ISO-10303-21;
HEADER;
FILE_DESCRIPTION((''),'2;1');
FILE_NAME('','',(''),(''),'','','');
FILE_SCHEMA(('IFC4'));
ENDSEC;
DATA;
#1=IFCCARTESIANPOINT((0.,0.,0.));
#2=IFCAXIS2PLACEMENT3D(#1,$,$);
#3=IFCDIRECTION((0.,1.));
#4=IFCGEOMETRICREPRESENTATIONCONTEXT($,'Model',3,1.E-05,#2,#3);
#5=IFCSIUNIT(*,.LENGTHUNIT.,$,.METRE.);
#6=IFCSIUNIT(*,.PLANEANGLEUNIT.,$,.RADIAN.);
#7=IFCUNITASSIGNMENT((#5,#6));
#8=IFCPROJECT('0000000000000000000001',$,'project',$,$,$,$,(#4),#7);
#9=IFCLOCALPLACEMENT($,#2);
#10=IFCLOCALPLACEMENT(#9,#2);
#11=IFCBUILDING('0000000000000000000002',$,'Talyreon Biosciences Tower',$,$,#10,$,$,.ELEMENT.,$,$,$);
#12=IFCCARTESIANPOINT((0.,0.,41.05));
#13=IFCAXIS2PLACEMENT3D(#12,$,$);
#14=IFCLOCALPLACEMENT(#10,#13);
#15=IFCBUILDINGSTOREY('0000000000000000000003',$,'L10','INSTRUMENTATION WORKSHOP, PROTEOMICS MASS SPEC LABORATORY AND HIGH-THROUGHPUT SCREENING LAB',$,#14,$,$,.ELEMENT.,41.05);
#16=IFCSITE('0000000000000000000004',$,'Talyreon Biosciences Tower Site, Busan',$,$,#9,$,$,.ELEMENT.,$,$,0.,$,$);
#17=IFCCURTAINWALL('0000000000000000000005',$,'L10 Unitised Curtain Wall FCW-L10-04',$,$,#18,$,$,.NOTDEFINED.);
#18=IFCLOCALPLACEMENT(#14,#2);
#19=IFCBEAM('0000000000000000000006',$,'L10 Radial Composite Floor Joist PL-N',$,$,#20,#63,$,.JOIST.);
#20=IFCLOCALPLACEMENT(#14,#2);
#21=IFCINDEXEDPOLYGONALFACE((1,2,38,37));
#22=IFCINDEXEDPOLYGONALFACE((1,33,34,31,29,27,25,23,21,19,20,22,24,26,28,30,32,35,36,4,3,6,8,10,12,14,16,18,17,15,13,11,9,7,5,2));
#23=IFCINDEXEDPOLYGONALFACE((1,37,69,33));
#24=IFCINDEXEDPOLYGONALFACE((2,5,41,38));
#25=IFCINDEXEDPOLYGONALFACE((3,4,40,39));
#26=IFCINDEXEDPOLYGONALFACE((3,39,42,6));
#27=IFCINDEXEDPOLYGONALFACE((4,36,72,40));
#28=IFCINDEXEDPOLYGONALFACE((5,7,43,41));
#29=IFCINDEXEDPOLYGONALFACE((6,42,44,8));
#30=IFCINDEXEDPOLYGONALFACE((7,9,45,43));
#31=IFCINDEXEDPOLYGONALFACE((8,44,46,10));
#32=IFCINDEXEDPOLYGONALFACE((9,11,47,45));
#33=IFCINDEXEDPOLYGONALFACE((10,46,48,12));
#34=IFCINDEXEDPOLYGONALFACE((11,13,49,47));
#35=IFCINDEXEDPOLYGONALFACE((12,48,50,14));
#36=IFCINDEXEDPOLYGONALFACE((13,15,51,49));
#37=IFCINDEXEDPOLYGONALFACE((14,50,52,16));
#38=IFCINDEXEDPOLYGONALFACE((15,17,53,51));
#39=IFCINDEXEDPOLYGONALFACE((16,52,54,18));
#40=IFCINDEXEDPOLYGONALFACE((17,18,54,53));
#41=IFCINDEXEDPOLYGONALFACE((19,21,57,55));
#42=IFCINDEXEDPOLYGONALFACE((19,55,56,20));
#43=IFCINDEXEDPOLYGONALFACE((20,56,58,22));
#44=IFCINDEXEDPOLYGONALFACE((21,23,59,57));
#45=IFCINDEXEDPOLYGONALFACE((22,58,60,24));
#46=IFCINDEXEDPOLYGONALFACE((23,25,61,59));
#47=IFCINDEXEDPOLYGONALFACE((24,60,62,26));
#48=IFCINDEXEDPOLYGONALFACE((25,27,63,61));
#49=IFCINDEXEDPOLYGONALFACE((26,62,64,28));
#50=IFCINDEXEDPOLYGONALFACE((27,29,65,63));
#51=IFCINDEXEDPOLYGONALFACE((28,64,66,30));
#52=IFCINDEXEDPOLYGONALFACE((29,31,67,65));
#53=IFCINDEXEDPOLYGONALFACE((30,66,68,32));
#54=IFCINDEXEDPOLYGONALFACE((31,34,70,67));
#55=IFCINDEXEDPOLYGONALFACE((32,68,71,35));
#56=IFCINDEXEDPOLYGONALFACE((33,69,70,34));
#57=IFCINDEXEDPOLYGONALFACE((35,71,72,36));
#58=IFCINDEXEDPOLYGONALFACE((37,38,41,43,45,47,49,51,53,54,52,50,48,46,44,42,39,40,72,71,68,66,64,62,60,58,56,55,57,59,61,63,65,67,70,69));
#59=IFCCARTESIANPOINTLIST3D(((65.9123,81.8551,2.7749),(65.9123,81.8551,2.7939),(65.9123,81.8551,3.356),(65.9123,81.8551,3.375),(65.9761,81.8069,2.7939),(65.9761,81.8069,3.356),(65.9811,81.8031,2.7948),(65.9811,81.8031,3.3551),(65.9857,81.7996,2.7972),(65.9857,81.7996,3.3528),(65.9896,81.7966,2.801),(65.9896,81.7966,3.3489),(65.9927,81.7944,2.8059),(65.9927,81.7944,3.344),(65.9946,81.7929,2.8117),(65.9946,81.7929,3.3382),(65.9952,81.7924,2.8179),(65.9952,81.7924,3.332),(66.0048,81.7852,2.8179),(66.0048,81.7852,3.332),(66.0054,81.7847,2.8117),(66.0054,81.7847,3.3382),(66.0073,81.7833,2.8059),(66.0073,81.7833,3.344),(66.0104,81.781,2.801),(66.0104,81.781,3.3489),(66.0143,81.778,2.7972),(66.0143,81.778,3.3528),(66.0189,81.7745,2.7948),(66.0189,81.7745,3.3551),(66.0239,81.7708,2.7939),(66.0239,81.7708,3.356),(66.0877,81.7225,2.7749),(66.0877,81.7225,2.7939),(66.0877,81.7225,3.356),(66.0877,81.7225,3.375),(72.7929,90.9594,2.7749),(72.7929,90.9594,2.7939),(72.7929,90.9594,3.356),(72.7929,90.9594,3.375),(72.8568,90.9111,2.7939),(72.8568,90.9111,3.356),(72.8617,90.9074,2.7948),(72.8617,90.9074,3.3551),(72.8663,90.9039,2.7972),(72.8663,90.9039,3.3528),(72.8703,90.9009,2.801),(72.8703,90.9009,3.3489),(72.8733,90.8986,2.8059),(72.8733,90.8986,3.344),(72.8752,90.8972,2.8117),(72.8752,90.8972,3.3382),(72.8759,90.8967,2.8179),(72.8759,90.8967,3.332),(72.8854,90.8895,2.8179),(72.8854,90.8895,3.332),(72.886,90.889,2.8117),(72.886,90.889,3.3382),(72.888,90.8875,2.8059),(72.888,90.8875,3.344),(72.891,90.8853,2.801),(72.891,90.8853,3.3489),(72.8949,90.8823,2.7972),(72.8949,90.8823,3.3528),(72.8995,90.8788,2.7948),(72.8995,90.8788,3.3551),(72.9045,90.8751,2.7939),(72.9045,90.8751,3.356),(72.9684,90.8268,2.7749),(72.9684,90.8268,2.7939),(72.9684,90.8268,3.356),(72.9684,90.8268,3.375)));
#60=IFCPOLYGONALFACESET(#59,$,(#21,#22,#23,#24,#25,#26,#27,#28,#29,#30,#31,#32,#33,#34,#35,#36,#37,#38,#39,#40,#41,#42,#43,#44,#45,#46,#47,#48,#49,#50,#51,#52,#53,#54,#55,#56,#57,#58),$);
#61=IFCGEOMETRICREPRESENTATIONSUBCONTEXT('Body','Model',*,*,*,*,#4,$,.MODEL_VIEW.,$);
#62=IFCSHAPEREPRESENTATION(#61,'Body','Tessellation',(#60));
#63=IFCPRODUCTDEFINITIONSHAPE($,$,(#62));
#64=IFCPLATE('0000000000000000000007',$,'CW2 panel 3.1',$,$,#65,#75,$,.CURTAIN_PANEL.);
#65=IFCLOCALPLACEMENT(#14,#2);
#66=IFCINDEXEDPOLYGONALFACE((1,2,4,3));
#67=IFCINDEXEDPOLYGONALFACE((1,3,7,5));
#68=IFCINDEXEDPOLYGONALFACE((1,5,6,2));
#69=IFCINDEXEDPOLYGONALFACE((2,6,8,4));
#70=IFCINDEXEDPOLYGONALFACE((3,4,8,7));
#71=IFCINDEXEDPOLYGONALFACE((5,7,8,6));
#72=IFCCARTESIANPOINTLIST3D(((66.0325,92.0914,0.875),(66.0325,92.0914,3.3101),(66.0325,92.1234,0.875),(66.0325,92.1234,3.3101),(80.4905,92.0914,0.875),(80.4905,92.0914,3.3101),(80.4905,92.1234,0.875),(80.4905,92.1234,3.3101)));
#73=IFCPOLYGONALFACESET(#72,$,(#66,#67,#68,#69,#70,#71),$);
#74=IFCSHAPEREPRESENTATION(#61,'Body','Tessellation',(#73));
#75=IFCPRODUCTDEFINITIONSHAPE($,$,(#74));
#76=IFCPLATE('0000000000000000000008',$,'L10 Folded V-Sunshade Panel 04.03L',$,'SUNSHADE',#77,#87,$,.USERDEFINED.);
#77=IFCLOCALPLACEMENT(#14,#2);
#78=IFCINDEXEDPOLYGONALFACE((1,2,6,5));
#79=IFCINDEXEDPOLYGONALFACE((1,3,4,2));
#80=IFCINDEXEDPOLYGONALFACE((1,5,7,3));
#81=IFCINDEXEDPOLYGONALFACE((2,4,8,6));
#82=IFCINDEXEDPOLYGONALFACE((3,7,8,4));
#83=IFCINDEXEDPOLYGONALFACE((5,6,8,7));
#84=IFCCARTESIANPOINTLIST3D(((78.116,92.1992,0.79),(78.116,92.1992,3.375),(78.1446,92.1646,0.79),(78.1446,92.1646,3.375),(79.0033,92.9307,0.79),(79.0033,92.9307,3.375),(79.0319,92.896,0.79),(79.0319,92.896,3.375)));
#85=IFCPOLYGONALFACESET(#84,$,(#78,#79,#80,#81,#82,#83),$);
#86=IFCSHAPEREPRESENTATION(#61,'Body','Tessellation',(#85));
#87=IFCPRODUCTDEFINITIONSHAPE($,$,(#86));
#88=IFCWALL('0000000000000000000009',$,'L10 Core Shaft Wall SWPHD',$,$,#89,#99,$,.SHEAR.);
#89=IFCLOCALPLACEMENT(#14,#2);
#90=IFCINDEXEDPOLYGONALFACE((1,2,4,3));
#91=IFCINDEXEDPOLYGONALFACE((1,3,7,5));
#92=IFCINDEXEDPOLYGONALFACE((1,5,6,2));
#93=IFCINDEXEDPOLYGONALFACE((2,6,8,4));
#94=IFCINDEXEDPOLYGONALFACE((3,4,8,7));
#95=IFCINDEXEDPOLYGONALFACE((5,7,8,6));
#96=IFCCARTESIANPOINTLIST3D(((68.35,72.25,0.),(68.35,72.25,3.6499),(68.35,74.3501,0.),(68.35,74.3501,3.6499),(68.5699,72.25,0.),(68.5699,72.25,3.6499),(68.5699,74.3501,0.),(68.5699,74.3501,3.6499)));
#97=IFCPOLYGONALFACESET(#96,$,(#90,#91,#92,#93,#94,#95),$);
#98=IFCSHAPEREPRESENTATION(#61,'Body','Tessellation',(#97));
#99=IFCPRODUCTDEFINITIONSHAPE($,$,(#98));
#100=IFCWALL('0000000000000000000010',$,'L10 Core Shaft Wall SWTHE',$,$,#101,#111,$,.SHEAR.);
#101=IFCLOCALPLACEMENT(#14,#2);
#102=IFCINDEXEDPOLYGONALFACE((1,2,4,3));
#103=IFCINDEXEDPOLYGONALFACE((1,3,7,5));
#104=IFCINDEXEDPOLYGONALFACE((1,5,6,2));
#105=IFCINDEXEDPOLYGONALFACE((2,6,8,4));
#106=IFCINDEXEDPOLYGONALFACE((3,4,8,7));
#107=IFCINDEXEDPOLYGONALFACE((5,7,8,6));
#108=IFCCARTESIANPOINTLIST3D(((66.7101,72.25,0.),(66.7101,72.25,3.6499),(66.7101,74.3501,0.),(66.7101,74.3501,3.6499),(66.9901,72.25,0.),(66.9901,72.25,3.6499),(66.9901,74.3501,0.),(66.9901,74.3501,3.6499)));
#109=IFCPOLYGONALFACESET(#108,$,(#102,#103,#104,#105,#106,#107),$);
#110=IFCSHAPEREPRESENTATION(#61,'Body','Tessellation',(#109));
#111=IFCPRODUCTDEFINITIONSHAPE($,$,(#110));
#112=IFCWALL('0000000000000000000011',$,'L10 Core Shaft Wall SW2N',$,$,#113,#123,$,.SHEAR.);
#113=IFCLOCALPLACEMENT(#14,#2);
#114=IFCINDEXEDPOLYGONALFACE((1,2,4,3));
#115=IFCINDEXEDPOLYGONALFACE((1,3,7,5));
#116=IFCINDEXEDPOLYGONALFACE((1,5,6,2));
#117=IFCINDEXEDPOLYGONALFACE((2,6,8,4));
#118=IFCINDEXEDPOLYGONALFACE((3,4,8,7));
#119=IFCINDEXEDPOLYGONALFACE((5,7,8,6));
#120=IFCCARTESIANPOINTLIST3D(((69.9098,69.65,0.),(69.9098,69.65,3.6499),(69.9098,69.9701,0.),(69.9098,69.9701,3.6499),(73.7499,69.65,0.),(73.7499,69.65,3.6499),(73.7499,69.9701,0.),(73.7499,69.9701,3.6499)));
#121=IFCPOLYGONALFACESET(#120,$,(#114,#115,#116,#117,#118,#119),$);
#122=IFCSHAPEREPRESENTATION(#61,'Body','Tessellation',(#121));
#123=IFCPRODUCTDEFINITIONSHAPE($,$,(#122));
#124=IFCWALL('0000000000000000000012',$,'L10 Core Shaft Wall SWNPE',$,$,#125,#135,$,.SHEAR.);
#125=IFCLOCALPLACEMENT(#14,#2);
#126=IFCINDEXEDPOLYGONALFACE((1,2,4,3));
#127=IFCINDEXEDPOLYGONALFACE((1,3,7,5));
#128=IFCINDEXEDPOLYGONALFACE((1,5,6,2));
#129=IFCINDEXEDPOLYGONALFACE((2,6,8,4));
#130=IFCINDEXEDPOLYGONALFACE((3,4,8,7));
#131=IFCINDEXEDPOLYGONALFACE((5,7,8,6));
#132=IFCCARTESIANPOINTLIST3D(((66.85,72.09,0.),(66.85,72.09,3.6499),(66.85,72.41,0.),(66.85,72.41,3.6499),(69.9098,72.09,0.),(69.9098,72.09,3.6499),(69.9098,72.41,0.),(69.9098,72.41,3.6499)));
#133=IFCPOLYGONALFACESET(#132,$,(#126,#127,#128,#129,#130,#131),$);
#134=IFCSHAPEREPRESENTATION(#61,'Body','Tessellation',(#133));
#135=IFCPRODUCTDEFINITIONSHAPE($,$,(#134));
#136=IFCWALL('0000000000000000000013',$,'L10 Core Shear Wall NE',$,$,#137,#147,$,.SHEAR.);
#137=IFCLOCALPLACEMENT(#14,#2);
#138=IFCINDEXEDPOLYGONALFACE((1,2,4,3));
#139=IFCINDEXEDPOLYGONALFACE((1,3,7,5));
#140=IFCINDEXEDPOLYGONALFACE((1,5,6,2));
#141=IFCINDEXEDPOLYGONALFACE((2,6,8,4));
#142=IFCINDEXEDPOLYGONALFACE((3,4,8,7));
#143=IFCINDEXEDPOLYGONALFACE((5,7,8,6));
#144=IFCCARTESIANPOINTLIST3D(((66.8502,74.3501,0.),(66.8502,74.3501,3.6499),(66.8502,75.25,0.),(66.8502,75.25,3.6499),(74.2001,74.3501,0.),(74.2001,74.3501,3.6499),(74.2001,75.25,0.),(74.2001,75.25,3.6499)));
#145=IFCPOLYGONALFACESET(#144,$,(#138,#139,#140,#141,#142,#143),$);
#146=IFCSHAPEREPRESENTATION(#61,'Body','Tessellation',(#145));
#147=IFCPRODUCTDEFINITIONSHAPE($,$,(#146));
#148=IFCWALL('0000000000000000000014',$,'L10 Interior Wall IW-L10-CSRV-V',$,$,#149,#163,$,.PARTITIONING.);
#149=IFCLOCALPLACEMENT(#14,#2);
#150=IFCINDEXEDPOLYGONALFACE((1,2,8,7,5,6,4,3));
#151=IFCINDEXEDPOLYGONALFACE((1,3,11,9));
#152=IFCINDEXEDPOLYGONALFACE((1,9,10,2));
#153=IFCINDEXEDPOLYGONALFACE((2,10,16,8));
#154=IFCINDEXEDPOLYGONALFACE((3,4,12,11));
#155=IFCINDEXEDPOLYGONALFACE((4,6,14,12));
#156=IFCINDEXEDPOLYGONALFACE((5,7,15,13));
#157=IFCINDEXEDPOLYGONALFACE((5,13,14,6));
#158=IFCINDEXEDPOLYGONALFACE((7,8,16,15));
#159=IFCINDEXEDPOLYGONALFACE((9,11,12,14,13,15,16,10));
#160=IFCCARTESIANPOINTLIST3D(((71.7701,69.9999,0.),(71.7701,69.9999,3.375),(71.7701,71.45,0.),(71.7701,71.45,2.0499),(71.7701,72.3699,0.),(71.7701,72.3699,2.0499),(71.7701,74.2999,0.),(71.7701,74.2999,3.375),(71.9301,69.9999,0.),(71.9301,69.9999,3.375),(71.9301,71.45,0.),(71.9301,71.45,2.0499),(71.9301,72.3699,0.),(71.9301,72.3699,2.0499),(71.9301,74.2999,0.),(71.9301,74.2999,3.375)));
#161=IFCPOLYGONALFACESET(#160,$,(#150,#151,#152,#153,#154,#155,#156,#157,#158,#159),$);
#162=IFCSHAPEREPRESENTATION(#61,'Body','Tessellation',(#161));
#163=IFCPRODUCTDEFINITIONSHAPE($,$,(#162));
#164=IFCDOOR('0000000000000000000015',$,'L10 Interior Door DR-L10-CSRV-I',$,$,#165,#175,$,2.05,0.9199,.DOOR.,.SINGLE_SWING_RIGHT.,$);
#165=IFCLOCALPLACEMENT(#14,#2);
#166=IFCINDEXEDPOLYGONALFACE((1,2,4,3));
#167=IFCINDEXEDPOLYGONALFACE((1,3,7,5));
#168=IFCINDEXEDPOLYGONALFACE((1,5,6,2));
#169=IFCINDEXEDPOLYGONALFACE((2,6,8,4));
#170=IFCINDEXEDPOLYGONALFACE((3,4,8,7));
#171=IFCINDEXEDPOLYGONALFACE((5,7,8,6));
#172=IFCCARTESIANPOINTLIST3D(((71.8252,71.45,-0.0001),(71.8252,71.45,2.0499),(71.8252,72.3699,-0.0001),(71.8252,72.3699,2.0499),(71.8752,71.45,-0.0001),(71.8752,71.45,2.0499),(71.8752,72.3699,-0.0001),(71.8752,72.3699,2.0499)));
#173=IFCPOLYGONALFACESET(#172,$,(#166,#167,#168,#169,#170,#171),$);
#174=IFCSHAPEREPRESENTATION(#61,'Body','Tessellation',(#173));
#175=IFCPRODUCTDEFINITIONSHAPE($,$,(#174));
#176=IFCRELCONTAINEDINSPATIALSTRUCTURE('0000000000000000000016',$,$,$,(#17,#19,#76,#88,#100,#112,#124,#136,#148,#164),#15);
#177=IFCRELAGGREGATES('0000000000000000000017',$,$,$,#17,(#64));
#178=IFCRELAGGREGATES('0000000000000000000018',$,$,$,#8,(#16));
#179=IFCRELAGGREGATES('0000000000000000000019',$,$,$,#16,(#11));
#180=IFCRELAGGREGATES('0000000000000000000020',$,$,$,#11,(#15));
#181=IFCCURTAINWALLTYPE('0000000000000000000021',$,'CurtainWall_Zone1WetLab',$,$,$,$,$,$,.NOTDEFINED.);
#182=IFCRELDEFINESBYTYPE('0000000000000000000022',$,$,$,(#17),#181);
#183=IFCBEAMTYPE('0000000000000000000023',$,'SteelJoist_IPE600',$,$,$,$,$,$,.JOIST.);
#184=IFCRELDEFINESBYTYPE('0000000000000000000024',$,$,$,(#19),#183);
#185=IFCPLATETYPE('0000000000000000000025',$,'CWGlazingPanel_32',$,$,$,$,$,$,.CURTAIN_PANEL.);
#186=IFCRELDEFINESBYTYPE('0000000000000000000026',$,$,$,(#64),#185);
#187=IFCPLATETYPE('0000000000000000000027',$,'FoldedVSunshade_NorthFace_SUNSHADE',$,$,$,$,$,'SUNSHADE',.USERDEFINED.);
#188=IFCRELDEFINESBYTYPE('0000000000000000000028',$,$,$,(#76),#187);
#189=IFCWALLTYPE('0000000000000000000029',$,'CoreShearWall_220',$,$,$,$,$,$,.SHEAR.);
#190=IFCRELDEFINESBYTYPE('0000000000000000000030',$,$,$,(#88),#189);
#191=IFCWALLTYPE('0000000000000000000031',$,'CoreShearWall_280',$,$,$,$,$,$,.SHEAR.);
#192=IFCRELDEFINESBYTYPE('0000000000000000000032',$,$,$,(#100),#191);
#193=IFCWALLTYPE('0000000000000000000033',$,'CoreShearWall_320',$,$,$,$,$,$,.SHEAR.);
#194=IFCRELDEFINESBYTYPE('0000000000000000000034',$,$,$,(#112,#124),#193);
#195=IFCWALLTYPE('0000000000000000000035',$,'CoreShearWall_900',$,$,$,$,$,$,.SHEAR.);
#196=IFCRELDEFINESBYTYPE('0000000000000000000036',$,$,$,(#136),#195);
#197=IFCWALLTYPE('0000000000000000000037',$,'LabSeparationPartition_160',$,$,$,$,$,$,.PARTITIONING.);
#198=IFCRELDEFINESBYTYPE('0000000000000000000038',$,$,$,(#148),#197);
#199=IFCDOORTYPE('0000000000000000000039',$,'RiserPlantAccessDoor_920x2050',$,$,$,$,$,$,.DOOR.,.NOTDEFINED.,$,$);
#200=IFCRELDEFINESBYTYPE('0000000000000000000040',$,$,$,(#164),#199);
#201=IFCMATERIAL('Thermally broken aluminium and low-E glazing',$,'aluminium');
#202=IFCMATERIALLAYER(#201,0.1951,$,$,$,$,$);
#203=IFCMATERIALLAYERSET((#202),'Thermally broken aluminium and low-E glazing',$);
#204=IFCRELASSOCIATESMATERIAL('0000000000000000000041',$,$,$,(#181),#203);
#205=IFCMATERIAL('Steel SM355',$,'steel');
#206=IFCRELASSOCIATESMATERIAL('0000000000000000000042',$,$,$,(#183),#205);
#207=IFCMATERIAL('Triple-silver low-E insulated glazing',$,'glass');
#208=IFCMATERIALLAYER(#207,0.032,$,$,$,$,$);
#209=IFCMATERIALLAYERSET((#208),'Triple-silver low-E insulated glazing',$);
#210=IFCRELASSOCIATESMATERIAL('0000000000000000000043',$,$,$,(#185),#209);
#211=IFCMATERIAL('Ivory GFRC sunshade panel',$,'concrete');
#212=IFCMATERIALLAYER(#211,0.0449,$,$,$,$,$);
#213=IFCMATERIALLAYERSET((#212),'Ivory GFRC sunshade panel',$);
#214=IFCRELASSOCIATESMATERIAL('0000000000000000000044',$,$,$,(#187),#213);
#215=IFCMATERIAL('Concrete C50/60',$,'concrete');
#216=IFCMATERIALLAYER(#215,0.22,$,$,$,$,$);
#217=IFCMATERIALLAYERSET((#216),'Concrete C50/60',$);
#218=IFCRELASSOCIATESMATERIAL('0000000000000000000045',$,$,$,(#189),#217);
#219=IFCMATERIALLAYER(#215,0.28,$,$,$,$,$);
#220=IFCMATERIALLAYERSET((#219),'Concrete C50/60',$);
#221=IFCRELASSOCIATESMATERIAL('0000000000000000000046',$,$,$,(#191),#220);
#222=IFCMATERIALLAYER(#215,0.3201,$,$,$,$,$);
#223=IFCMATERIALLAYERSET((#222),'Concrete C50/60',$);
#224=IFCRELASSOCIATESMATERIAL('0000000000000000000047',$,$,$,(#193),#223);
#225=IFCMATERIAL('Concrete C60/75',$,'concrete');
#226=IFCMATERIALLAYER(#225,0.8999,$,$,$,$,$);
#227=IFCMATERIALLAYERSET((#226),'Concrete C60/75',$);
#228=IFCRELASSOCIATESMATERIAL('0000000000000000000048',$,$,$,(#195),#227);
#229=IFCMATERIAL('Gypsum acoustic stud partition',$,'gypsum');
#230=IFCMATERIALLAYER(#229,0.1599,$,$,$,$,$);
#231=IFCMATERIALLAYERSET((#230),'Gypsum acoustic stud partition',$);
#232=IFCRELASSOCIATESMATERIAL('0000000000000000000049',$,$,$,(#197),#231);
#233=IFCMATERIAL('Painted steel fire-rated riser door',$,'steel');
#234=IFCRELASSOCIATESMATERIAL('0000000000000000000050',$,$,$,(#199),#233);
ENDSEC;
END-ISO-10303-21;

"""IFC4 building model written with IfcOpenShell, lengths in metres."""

from ifc_helpers import new_model, si_unit, direction, frame, frame_2d, origin, origin_2d, place, context, subcontext, project, spatial, rectangle, i_section, extrude, material, layer, layer_set, material_profile, profile_set, type_object, element, fill, aggregate, save


model = new_model("IFC4")

# Units and contexts
model_context = context("Model", 3, precision=1e-05, world=origin(), true_north=direction((0.0, 1.0)))
body_context = subcontext(model_context, "Body", "Model", "MODEL_VIEW")
ifc_project = project(units=[si_unit("LENGTHUNIT", "METRE"), si_unit("PLANEANGLEUNIT", "RADIAN")], contexts=[model_context])

# Site, building, storey
site_placement = place(None, origin())
site = spatial("IfcSite", under=ifc_project, at=site_placement, Name="Talyreon Biosciences Tower Site, Busan", CompositionType="ELEMENT", RefElevation=0.0)
building_placement = place(site_placement, origin())
building = spatial("IfcBuilding", under=site, at=building_placement, Name="Talyreon Biosciences Tower", CompositionType="ELEMENT")
storey_placement = place(building_placement, frame((0.0, 0.0, 41.05)))
storey = spatial("IfcBuildingStorey", under=building, at=storey_placement, Name="L10", Description="INSTRUMENTATION WORKSHOP, PROTEOMICS MASS SPEC LABORATORY AND HIGH-THROUGHPUT SCREENING LAB", CompositionType="ELEMENT", Elevation=41.05)

# Shared definitions
ifc_material_1 = material(Name="Concrete C60/75", Category="concrete")

# Curtain wall
ifc_material_2 = material(Name="Thermally broken aluminium and low-E glazing", Category="aluminium")
ifc_layer_1 = layer(ifc_material_2, 0.1951)
ifc_layer_set_1 = layer_set([ifc_layer_1], Name="Thermally broken aluminium and low-E glazing")
curtain_wall_type = type_object("IfcCurtainWallType", Name="CurtainWall_Zone1WetLab", PredefinedType="NOTDEFINED", material=ifc_layer_set_1)
curtain_wall_placement = place(storey_placement, origin())
curtain_wall = element("IfcCurtainWall", 1, at=curtain_wall_placement, inside=storey, type_object=curtain_wall_type, Name="L10 Unitised Curtain Wall FCW-L10-04", PredefinedType="NOTDEFINED")

# Beam
ifc_material_3 = material(Name="Steel SM355", Category="steel")
ifc_material_profile_1 = material_profile(ifc_material_3, i_section(OverallWidth=0.22, OverallDepth=0.6001, WebThickness=0.012, FlangeThickness=0.019, FilletRadius=0.0239, at=origin_2d()), Name="IPE600")
ifc_profile_set_1 = profile_set([ifc_material_profile_1], Name="Steel SM355")
beam_type_1 = type_object("IfcBeamType", Name="SteelJoist_IPE600", PredefinedType="JOIST", material=ifc_profile_set_1)
beam_1_placement = place(storey_placement, frame((66.0, 81.7888, 3.075), z_axis=(0.602936, 0.797789, 0.0), x_axis=(-0.797789, 0.602936, 0.0)))
element("IfcBeam", 2, at=beam_1_placement, inside=storey, type_object=beam_type_1, Name="L10 Radial Composite Floor Joist PL-N", PredefinedType="JOIST", context=body_context, shape_type="SweptSolid", body=[
    extrude(i_section(OverallWidth=0.22, OverallDepth=0.6001, WebThickness=0.012, FlangeThickness=0.019, FilletRadius=0.0239, at=origin_2d()), origin(), (0.0, 0.0, 1.0), 11.4119),
])

# Plates
ifc_material_4 = material(Name="Triple-silver low-E insulated glazing", Category="glass")
ifc_layer_2 = layer(ifc_material_4, 0.032)
ifc_layer_set_2 = layer_set([ifc_layer_2], Name="Triple-silver low-E insulated glazing")
plate_type_1 = type_object("IfcPlateType", Name="CWGlazingPanel_32", PredefinedType="CURTAIN_PANEL", material=ifc_layer_set_2)
plate_1_placement = place(storey_placement, frame((73.2615, 92.1074, 0.875), z_axis=(0.0, 0.0, 1.0), x_axis=(1.0, 0.0, 0.0)))
plate_1 = element("IfcPlate", 3, at=plate_1_placement, type_object=plate_type_1, Name="CW2 panel 3.1", PredefinedType="CURTAIN_PANEL", context=body_context, shape_type="SweptSolid", body=[
    extrude(rectangle(XDim=14.458, YDim=0.032, at=origin_2d()), origin(), (0.0, 0.0, 1.0), 2.4351),
])
aggregate(curtain_wall, [plate_1])
ifc_material_5 = material(Name="Ivory GFRC sunshade panel", Category="concrete")
ifc_layer_3 = layer(ifc_material_5, 0.0449)
ifc_layer_set_3 = layer_set([ifc_layer_3], Name="Ivory GFRC sunshade panel")
plate_type_2 = type_object("IfcPlateType", Name="FoldedVSunshade_NorthFace_SUNSHADE", ElementType="SUNSHADE", PredefinedType="USERDEFINED", material=ifc_layer_set_3)
plate_2_placement = place(storey_placement, frame((78.574, 92.5476, 0.79), z_axis=(0.0, 0.0, 1.0), x_axis=(0.771625, 0.636078, 0.0)))
element("IfcPlate", 4, at=plate_2_placement, inside=storey, type_object=plate_type_2, Name="L10 Folded V-Sunshade Panel 04.03L", ObjectType="SUNSHADE", PredefinedType="USERDEFINED", context=body_context, shape_type="SweptSolid", body=[
    extrude(rectangle(XDim=1.1499, YDim=0.0449, at=origin_2d()), origin(), (0.0, 0.0, 1.0), 2.585),
])

# Walls
ifc_material_6 = material(Name="Concrete C50/60", Category="concrete")
ifc_layer_4 = layer(ifc_material_6, 0.22)
ifc_layer_set_4 = layer_set([ifc_layer_4], Name="Concrete C50/60")
wall_type_1 = type_object("IfcWallType", Name="CoreShearWall_220", PredefinedType="SHEAR", material=ifc_layer_set_4)
wall_1_placement = place(storey_placement, frame((68.46, 72.25, 0.0), z_axis=(0.0, 0.0, 1.0), x_axis=(0.0, 1.0, 0.0)))
element("IfcWall", 5, at=wall_1_placement, inside=storey, type_object=wall_type_1, Name="L10 Core Shaft Wall SWPHD", PredefinedType="SHEAR", context=body_context, shape_type="SweptSolid", body=[
    extrude(rectangle(XDim=2.1001, YDim=0.22, at=frame_2d((1.05, 0.0))), origin(), (0.0, 0.0, 1.0), 3.6499),
])
ifc_layer_5 = layer(ifc_material_6, 0.28)
ifc_layer_set_5 = layer_set([ifc_layer_5], Name="Concrete C50/60")
wall_type_2 = type_object("IfcWallType", Name="CoreShearWall_280", PredefinedType="SHEAR", material=ifc_layer_set_5)
wall_2_placement = place(storey_placement, frame((66.8501, 72.25, 0.0), z_axis=(0.0, 0.0, 1.0), x_axis=(0.0, 1.0, 0.0)))
element("IfcWall", 6, at=wall_2_placement, inside=storey, type_object=wall_type_2, Name="L10 Core Shaft Wall SWTHE", PredefinedType="SHEAR", context=body_context, shape_type="SweptSolid", body=[
    extrude(rectangle(XDim=2.1001, YDim=0.28, at=frame_2d((1.05, 0.0))), origin(), (0.0, 0.0, 1.0), 3.6499),
])
ifc_layer_6 = layer(ifc_material_6, 0.3201)
ifc_layer_set_6 = layer_set([ifc_layer_6], Name="Concrete C50/60")
wall_type_3 = type_object("IfcWallType", Name="CoreShearWall_320", PredefinedType="SHEAR", material=ifc_layer_set_6)
wall_3_placement = place(storey_placement, frame((69.9099, 69.8101, 0.0), z_axis=(0.0, 0.0, 1.0), x_axis=(1.0, 0.0, 0.0)))
element("IfcWall", 7, at=wall_3_placement, inside=storey, type_object=wall_type_3, Name="L10 Core Shaft Wall SW2N", PredefinedType="SHEAR", context=body_context, shape_type="SweptSolid", body=[
    extrude(rectangle(XDim=3.8401, YDim=0.3201, at=frame_2d((1.9199, 0.0))), origin(), (0.0, 0.0, 1.0), 3.6499),
])
wall_4_placement = place(storey_placement, frame((66.8501, 72.25, 0.0), z_axis=(0.0, 0.0, 1.0), x_axis=(1.0, 0.0, 0.0)))
element("IfcWall", 8, at=wall_4_placement, inside=storey, type_object=wall_type_3, Name="L10 Core Shaft Wall SWNPE", PredefinedType="SHEAR", context=body_context, shape_type="SweptSolid", body=[
    extrude(rectangle(XDim=3.0598, YDim=0.3201, at=frame_2d((1.5298, 0.0))), origin(), (0.0, 0.0, 1.0), 3.6499),
])
ifc_layer_7 = layer(ifc_material_1, 0.8999)
ifc_layer_set_7 = layer_set([ifc_layer_7], Name="Concrete C60/75")
wall_type_4 = type_object("IfcWallType", Name="CoreShearWall_900", PredefinedType="SHEAR", material=ifc_layer_set_7)
wall_5_placement = place(storey_placement, frame((74.2, 74.8, 0.0), z_axis=(0.0, 0.0, 1.0), x_axis=(-1.0, 0.0, 0.0)))
element("IfcWall", 9, at=wall_5_placement, inside=storey, type_object=wall_type_4, Name="L10 Core Shear Wall NE", PredefinedType="SHEAR", context=body_context, shape_type="SweptSolid", body=[
    extrude(rectangle(XDim=7.3499, YDim=0.8999, at=frame_2d((3.6748, 0.0))), origin(), (0.0, 0.0, 1.0), 3.6499),
])

# Wall, opening, door
ifc_material_7 = material(Name="Gypsum acoustic stud partition", Category="gypsum")
ifc_layer_8 = layer(ifc_material_7, 0.1599)
ifc_layer_set_8 = layer_set([ifc_layer_8], Name="Gypsum acoustic stud partition")
wall_type_5 = type_object("IfcWallType", Name="LabSeparationPartition_160", PredefinedType="PARTITIONING", material=ifc_layer_set_8)
wall_6_placement = place(storey_placement, frame((71.8501, 70.0, 0.0), z_axis=(0.0, 0.0, 1.0), x_axis=(0.0, 1.0, 0.0)))
wall_6 = element("IfcWall", 10, at=wall_6_placement, inside=storey, type_object=wall_type_5, Name="L10 Interior Wall IW-L10-CSRV-V", PredefinedType="PARTITIONING", context=body_context, shape_type="SweptSolid", body=[
    extrude(rectangle(XDim=4.3, YDim=0.1599, at=frame_2d((2.1499, 0.0))), origin(), (0.0, 0.0, 1.0), 3.375),
])
opening_placement = place(wall_6_placement, frame((1.45, 0.0, 0.0)))
opening = element("IfcOpeningElement", 11, at=opening_placement, cuts=wall_6, PredefinedType="OPENING", context=body_context, shape_type="SweptSolid", body=[
    extrude(rectangle(XDim=0.9199, YDim=2.05, at=frame_2d((0.46, 1.0249))), frame((0.0, 0.0898, 0.0), z_axis=(0.0, -1.0, 0.0), x_axis=(1.0, 0.0, 0.0)), (0.0, 0.0, 1.0), 0.1799),
])
ifc_material_8 = material(Name="Painted steel fire-rated riser door", Category="steel")
door_type = type_object("IfcDoorType", Name="RiserPlantAccessDoor_920x2050", OperationType="NOTDEFINED", PredefinedType="DOOR", material=ifc_material_8)
door_placement = place(opening_placement, origin())
door = element("IfcDoor", 12, at=door_placement, inside=storey, type_object=door_type, Name="L10 Interior Door DR-L10-CSRV-I", OperationType="SINGLE_SWING_RIGHT", OverallHeight=2.05, OverallWidth=0.9199, PredefinedType="DOOR", context=body_context, shape_type="SweptSolid", body=[
    extrude(rectangle(XDim=0.9199, YDim=2.05, at=frame_2d((0.46, 1.0249))), frame((0.0, 0.0249, 0.0), z_axis=(0.0, -1.0, 0.0), x_axis=(1.0, 0.0, 0.0)), (0.0, 0.0, 1.0), 0.05),
])
fill(opening, door)

save(model, "model.ifc")
